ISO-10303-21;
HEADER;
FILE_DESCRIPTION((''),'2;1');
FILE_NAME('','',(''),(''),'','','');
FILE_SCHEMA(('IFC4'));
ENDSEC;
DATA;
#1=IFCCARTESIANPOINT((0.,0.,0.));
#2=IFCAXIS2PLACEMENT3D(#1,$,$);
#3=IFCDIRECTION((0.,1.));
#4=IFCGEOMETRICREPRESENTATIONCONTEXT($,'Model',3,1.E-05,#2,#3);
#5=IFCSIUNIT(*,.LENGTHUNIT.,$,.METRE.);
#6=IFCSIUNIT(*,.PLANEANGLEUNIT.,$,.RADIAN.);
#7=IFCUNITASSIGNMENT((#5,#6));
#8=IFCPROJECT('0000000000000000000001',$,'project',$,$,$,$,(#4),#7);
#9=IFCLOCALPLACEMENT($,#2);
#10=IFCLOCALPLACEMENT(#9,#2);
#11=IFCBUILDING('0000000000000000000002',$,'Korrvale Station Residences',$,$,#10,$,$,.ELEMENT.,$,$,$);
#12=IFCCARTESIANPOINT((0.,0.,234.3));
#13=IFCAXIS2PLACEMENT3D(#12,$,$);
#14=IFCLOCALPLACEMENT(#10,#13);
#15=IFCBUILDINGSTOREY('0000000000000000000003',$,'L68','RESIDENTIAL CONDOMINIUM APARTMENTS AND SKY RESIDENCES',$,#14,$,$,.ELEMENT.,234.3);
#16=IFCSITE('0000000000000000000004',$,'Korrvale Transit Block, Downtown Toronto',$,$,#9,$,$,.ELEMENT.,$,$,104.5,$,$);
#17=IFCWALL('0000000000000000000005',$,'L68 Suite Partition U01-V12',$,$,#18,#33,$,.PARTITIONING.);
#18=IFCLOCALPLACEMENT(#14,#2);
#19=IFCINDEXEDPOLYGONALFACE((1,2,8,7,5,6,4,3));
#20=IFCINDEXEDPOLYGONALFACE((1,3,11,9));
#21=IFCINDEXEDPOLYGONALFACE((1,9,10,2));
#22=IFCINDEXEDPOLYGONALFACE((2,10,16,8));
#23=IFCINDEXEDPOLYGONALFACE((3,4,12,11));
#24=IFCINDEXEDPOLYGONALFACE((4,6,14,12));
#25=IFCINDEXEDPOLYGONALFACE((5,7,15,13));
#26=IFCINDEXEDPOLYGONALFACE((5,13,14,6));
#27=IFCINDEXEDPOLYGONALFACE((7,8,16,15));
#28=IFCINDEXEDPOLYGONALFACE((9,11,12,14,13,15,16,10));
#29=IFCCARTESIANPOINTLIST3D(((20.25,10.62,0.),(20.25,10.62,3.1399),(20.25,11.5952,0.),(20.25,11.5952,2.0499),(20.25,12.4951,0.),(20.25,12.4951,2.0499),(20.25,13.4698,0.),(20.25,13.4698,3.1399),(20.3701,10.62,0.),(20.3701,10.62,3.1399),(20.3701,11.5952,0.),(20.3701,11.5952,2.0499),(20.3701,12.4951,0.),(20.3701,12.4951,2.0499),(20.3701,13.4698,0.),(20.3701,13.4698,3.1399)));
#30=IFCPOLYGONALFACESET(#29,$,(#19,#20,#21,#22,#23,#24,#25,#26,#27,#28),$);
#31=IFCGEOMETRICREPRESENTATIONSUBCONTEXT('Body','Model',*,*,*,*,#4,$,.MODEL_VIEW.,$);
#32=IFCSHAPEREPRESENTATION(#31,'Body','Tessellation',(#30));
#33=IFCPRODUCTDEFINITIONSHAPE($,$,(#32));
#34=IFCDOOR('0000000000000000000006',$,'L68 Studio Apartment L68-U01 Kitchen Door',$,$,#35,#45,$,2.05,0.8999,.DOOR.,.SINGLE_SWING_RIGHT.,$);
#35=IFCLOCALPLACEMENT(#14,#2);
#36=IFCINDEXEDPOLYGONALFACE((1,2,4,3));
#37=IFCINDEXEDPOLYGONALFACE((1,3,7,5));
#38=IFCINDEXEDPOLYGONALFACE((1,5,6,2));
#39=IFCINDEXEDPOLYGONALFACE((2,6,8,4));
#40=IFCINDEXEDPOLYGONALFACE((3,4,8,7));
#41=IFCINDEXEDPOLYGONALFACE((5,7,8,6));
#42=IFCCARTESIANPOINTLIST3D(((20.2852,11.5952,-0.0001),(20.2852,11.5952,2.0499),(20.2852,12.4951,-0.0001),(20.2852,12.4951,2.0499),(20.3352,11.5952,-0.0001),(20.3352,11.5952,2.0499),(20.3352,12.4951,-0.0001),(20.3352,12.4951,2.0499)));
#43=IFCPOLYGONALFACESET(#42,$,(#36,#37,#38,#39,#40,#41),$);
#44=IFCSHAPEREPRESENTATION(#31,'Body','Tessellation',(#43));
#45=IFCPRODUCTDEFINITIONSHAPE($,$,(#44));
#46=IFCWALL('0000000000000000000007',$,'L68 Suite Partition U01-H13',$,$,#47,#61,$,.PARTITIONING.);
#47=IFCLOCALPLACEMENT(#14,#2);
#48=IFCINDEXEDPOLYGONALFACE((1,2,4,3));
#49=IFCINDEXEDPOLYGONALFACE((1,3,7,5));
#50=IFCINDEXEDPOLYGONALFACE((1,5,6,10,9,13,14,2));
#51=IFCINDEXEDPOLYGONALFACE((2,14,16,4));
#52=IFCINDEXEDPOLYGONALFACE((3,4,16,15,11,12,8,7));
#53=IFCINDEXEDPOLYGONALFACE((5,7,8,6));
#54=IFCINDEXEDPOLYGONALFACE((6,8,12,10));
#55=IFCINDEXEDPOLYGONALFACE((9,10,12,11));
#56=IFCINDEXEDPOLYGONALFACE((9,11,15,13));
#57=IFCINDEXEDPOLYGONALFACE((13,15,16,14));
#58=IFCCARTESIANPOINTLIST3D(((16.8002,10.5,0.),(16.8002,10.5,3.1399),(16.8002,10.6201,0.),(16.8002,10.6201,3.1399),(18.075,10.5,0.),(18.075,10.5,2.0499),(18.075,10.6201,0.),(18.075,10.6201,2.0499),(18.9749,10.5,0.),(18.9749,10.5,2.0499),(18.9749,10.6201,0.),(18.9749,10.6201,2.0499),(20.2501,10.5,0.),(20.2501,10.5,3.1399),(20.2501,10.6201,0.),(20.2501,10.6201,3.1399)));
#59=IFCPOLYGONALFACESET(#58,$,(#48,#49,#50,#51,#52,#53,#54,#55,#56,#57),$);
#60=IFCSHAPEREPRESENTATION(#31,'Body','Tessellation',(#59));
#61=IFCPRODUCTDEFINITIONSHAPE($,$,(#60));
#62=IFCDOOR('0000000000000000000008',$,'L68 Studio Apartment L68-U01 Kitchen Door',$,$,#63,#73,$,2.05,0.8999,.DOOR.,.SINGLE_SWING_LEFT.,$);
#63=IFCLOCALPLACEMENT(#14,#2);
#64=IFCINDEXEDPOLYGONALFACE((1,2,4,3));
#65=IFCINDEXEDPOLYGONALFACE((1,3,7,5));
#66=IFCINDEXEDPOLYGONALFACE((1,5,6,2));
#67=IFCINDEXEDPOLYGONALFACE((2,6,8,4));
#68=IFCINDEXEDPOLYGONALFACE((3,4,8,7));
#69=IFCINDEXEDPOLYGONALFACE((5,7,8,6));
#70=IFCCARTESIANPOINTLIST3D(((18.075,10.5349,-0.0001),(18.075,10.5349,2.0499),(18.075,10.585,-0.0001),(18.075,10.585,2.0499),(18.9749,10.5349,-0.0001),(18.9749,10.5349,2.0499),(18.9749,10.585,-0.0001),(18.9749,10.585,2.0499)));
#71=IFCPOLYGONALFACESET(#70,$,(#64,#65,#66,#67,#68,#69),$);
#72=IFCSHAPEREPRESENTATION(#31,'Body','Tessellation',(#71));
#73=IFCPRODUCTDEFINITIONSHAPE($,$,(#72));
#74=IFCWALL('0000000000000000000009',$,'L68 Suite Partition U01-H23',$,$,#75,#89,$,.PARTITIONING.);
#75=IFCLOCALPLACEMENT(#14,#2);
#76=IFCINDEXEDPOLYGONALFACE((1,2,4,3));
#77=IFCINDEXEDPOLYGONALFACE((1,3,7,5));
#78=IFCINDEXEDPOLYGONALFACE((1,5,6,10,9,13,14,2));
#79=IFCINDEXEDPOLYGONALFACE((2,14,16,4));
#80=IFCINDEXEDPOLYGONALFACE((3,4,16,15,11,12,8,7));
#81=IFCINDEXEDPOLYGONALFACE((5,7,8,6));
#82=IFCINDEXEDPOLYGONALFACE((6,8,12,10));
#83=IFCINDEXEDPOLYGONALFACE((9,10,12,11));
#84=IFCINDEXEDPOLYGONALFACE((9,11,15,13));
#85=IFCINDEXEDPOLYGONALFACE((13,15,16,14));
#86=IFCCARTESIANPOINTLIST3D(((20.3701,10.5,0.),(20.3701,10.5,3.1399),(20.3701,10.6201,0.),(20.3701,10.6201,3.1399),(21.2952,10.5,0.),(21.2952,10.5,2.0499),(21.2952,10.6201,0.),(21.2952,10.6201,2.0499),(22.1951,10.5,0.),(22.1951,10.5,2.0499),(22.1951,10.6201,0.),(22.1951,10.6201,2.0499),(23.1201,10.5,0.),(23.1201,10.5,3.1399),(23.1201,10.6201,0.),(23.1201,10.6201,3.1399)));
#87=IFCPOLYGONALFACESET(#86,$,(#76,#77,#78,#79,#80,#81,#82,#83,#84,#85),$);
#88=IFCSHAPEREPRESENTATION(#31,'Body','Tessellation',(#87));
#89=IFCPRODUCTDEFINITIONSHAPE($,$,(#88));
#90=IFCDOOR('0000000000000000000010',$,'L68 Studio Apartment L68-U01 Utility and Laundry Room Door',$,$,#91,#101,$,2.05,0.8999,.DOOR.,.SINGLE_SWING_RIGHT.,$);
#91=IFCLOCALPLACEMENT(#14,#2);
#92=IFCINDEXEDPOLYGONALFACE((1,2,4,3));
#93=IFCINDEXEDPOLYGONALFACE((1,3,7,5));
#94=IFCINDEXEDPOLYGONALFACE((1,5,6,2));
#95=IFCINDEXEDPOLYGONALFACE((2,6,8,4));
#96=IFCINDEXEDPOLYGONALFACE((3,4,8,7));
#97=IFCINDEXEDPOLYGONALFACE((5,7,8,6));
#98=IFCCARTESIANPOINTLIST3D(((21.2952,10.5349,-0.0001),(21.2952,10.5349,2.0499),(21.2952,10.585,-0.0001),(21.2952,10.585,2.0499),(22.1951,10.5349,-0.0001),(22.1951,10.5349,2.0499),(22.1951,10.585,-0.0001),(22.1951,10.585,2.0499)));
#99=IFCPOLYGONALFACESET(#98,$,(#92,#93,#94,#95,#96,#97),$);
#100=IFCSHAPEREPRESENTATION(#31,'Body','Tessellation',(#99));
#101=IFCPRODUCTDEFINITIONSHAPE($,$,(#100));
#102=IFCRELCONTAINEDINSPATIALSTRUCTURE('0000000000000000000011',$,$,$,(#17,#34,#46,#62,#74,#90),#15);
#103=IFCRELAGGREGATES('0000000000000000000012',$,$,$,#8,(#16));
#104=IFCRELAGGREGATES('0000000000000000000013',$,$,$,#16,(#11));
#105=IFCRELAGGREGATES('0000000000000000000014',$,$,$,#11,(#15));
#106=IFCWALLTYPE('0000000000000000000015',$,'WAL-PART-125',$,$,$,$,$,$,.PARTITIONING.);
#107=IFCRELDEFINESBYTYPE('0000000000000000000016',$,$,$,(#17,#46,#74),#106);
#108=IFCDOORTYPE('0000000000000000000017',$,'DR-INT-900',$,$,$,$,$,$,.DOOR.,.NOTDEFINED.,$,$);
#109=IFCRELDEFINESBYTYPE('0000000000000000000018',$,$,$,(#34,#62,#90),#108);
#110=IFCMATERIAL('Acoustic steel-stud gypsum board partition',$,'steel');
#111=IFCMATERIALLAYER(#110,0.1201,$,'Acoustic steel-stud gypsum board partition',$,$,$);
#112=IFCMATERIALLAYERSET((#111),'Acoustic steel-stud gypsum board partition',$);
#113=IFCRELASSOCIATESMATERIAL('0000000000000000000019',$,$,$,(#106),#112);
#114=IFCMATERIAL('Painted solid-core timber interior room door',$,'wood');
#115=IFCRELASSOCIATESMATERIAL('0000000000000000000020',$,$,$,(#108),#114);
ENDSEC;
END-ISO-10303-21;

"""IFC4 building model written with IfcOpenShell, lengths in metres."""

from ifc_helpers import new_model, si_unit, direction, frame, frame_2d, origin, place, context, subcontext, project, spatial, rectangle, extrude, material, layer, layer_set, type_object, element, fill, save


model = new_model("IFC4")

# Units and contexts
model_context = context("Model", 3, precision=1e-05, world=origin(), true_north=direction((0.0, 1.0)))
body_context = subcontext(model_context, "Body", "Model", "MODEL_VIEW")
ifc_project = project(units=[si_unit("LENGTHUNIT", "METRE"), si_unit("PLANEANGLEUNIT", "RADIAN")], contexts=[model_context])

# Site, building, storey
site_placement = place(None, origin())
site = spatial("IfcSite", under=ifc_project, at=site_placement, Name="Korrvale Transit Block, Downtown Toronto", CompositionType="ELEMENT", RefElevation=104.5)
building_placement = place(site_placement, origin())
building = spatial("IfcBuilding", under=site, at=building_placement, Name="Korrvale Station Residences", CompositionType="ELEMENT")
storey_placement = place(building_placement, frame((0.0, 0.0, 234.3)))
storey = spatial("IfcBuildingStorey", under=building, at=storey_placement, Name="L68", Description="RESIDENTIAL CONDOMINIUM APARTMENTS AND SKY RESIDENCES", CompositionType="ELEMENT", Elevation=234.3)

# Walls, openings, doors
ifc_material_1 = material(Name="Acoustic steel-stud gypsum board partition", Category="steel")
ifc_layer_1 = layer(ifc_material_1, 0.1201, Name="Acoustic steel-stud gypsum board partition")
ifc_layer_set_1 = layer_set([ifc_layer_1], Name="Acoustic steel-stud gypsum board partition")
wall_type_1 = type_object("IfcWallType", Name="WAL-PART-125", PredefinedType="PARTITIONING", material=ifc_layer_set_1)
wall_1_placement = place(storey_placement, frame((20.3101, 10.6201, 0.0), z_axis=(0.0, 0.0, 1.0), x_axis=(0.0, 1.0, 0.0)))
wall_1 = element("IfcWall", 1, at=wall_1_placement, inside=storey, type_object=wall_type_1, Name="L68 Suite Partition U01-V12", PredefinedType="PARTITIONING", context=body_context, shape_type="SweptSolid", body=[
    extrude(rectangle(XDim=2.8499, YDim=0.1201, at=frame_2d((1.4248, 0.0))), origin(), (0.0, 0.0, 1.0), 3.1399),
])
opening_1_placement = place(wall_1_placement, frame((0.9751, 0.0, 0.0)))
opening_1 = element("IfcOpeningElement", 2, at=opening_1_placement, cuts=wall_1, PredefinedType="OPENING", context=body_context, shape_type="SweptSolid", body=[
    extrude(rectangle(XDim=0.8999, YDim=2.05, at=frame_2d((0.45, 1.0249))), frame((0.0, 0.0701, 0.0), z_axis=(0.0, -1.0, 0.0), x_axis=(1.0, 0.0, 0.0)), (0.0, 0.0, 1.0), 0.1401),
])
ifc_material_2 = material(Name="Painted solid-core timber interior room door", Category="wood")
door_type_1 = type_object("IfcDoorType", Name="DR-INT-900", OperationType="NOTDEFINED", PredefinedType="DOOR", material=ifc_material_2)
door_1_placement = place(opening_1_placement, origin())
door_1 = element("IfcDoor", 3, at=door_1_placement, inside=storey, type_object=door_type_1, Name="L68 Studio Apartment L68-U01 Kitchen Door", OperationType="SINGLE_SWING_RIGHT", OverallHeight=2.05, OverallWidth=0.8999, PredefinedType="DOOR", context=body_context, shape_type="SweptSolid", body=[
    extrude(rectangle(XDim=0.8999, YDim=2.05, at=frame_2d((0.45, 1.0249))), frame((0.0, 0.0249, 0.0), z_axis=(0.0, -1.0, 0.0), x_axis=(1.0, 0.0, 0.0)), (0.0, 0.0, 1.0), 0.05),
])
fill(opening_1, door_1)
wall_2_placement = place(storey_placement, frame((16.8, 10.5601, 0.0), z_axis=(0.0, 0.0, 1.0), x_axis=(1.0, 0.0, 0.0)))
wall_2 = element("IfcWall", 4, at=wall_2_placement, inside=storey, type_object=wall_type_1, Name="L68 Suite Partition U01-H13", PredefinedType="PARTITIONING", context=body_context, shape_type="SweptSolid", body=[
    extrude(rectangle(XDim=3.45, YDim=0.1201, at=frame_2d((1.7251, 0.0))), origin(), (0.0, 0.0, 1.0), 3.1399),
])
opening_2_placement = place(wall_2_placement, frame((1.2749, 0.0, 0.0)))
opening_2 = element("IfcOpeningElement", 5, at=opening_2_placement, cuts=wall_2, PredefinedType="OPENING", context=body_context, shape_type="SweptSolid", body=[
    extrude(rectangle(XDim=0.8999, YDim=2.05, at=frame_2d((0.45, 1.0249))), frame((0.0, 0.0701, 0.0), z_axis=(0.0, -1.0, 0.0), x_axis=(1.0, 0.0, 0.0)), (0.0, 0.0, 1.0), 0.1401),
])
door_2_placement = place(opening_2_placement, origin())
door_2 = element("IfcDoor", 6, at=door_2_placement, inside=storey, type_object=door_type_1, Name="L68 Studio Apartment L68-U01 Kitchen Door", OperationType="SINGLE_SWING_LEFT", OverallHeight=2.05, OverallWidth=0.8999, PredefinedType="DOOR", context=body_context, shape_type="SweptSolid", body=[
    extrude(rectangle(XDim=0.8999, YDim=2.05, at=frame_2d((0.45, 1.0249))), frame((0.0, 0.0249, 0.0), z_axis=(0.0, -1.0, 0.0), x_axis=(1.0, 0.0, 0.0)), (0.0, 0.0, 1.0), 0.05),
])
fill(opening_2, door_2)
wall_3_placement = place(storey_placement, frame((20.3701, 10.5601, 0.0), z_axis=(0.0, 0.0, 1.0), x_axis=(1.0, 0.0, 0.0)))
wall_3 = element("IfcWall", 7, at=wall_3_placement, inside=storey, type_object=wall_type_1, Name="L68 Suite Partition U01-H23", PredefinedType="PARTITIONING", context=body_context, shape_type="SweptSolid", body=[
    extrude(rectangle(XDim=2.75, YDim=0.1201, at=frame_2d((1.375, 0.0))), origin(), (0.0, 0.0, 1.0), 3.1399),
])
opening_3_placement = place(wall_3_placement, frame((0.925, 0.0, 0.0)))
opening_3 = element("IfcOpeningElement", 8, at=opening_3_placement, cuts=wall_3, PredefinedType="OPENING", context=body_context, shape_type="SweptSolid", body=[
    extrude(rectangle(XDim=0.8999, YDim=2.05, at=frame_2d((0.45, 1.0249))), frame((0.0, 0.0701, 0.0), z_axis=(0.0, -1.0, 0.0), x_axis=(1.0, 0.0, 0.0)), (0.0, 0.0, 1.0), 0.1401),
])
door_3_placement = place(opening_3_placement, origin())
door_3 = element("IfcDoor", 9, at=door_3_placement, inside=storey, type_object=door_type_1, Name="L68 Studio Apartment L68-U01 Utility and Laundry Room Door", OperationType="SINGLE_SWING_RIGHT", OverallHeight=2.05, OverallWidth=0.8999, PredefinedType="DOOR", context=body_context, shape_type="SweptSolid", body=[
    extrude(rectangle(XDim=0.8999, YDim=2.05, at=frame_2d((0.45, 1.0249))), frame((0.0, 0.0249, 0.0), z_axis=(0.0, -1.0, 0.0), x_axis=(1.0, 0.0, 0.0)), (0.0, 0.0, 1.0), 0.05),
])
fill(opening_3, door_3)

save(model, "model.ifc")
